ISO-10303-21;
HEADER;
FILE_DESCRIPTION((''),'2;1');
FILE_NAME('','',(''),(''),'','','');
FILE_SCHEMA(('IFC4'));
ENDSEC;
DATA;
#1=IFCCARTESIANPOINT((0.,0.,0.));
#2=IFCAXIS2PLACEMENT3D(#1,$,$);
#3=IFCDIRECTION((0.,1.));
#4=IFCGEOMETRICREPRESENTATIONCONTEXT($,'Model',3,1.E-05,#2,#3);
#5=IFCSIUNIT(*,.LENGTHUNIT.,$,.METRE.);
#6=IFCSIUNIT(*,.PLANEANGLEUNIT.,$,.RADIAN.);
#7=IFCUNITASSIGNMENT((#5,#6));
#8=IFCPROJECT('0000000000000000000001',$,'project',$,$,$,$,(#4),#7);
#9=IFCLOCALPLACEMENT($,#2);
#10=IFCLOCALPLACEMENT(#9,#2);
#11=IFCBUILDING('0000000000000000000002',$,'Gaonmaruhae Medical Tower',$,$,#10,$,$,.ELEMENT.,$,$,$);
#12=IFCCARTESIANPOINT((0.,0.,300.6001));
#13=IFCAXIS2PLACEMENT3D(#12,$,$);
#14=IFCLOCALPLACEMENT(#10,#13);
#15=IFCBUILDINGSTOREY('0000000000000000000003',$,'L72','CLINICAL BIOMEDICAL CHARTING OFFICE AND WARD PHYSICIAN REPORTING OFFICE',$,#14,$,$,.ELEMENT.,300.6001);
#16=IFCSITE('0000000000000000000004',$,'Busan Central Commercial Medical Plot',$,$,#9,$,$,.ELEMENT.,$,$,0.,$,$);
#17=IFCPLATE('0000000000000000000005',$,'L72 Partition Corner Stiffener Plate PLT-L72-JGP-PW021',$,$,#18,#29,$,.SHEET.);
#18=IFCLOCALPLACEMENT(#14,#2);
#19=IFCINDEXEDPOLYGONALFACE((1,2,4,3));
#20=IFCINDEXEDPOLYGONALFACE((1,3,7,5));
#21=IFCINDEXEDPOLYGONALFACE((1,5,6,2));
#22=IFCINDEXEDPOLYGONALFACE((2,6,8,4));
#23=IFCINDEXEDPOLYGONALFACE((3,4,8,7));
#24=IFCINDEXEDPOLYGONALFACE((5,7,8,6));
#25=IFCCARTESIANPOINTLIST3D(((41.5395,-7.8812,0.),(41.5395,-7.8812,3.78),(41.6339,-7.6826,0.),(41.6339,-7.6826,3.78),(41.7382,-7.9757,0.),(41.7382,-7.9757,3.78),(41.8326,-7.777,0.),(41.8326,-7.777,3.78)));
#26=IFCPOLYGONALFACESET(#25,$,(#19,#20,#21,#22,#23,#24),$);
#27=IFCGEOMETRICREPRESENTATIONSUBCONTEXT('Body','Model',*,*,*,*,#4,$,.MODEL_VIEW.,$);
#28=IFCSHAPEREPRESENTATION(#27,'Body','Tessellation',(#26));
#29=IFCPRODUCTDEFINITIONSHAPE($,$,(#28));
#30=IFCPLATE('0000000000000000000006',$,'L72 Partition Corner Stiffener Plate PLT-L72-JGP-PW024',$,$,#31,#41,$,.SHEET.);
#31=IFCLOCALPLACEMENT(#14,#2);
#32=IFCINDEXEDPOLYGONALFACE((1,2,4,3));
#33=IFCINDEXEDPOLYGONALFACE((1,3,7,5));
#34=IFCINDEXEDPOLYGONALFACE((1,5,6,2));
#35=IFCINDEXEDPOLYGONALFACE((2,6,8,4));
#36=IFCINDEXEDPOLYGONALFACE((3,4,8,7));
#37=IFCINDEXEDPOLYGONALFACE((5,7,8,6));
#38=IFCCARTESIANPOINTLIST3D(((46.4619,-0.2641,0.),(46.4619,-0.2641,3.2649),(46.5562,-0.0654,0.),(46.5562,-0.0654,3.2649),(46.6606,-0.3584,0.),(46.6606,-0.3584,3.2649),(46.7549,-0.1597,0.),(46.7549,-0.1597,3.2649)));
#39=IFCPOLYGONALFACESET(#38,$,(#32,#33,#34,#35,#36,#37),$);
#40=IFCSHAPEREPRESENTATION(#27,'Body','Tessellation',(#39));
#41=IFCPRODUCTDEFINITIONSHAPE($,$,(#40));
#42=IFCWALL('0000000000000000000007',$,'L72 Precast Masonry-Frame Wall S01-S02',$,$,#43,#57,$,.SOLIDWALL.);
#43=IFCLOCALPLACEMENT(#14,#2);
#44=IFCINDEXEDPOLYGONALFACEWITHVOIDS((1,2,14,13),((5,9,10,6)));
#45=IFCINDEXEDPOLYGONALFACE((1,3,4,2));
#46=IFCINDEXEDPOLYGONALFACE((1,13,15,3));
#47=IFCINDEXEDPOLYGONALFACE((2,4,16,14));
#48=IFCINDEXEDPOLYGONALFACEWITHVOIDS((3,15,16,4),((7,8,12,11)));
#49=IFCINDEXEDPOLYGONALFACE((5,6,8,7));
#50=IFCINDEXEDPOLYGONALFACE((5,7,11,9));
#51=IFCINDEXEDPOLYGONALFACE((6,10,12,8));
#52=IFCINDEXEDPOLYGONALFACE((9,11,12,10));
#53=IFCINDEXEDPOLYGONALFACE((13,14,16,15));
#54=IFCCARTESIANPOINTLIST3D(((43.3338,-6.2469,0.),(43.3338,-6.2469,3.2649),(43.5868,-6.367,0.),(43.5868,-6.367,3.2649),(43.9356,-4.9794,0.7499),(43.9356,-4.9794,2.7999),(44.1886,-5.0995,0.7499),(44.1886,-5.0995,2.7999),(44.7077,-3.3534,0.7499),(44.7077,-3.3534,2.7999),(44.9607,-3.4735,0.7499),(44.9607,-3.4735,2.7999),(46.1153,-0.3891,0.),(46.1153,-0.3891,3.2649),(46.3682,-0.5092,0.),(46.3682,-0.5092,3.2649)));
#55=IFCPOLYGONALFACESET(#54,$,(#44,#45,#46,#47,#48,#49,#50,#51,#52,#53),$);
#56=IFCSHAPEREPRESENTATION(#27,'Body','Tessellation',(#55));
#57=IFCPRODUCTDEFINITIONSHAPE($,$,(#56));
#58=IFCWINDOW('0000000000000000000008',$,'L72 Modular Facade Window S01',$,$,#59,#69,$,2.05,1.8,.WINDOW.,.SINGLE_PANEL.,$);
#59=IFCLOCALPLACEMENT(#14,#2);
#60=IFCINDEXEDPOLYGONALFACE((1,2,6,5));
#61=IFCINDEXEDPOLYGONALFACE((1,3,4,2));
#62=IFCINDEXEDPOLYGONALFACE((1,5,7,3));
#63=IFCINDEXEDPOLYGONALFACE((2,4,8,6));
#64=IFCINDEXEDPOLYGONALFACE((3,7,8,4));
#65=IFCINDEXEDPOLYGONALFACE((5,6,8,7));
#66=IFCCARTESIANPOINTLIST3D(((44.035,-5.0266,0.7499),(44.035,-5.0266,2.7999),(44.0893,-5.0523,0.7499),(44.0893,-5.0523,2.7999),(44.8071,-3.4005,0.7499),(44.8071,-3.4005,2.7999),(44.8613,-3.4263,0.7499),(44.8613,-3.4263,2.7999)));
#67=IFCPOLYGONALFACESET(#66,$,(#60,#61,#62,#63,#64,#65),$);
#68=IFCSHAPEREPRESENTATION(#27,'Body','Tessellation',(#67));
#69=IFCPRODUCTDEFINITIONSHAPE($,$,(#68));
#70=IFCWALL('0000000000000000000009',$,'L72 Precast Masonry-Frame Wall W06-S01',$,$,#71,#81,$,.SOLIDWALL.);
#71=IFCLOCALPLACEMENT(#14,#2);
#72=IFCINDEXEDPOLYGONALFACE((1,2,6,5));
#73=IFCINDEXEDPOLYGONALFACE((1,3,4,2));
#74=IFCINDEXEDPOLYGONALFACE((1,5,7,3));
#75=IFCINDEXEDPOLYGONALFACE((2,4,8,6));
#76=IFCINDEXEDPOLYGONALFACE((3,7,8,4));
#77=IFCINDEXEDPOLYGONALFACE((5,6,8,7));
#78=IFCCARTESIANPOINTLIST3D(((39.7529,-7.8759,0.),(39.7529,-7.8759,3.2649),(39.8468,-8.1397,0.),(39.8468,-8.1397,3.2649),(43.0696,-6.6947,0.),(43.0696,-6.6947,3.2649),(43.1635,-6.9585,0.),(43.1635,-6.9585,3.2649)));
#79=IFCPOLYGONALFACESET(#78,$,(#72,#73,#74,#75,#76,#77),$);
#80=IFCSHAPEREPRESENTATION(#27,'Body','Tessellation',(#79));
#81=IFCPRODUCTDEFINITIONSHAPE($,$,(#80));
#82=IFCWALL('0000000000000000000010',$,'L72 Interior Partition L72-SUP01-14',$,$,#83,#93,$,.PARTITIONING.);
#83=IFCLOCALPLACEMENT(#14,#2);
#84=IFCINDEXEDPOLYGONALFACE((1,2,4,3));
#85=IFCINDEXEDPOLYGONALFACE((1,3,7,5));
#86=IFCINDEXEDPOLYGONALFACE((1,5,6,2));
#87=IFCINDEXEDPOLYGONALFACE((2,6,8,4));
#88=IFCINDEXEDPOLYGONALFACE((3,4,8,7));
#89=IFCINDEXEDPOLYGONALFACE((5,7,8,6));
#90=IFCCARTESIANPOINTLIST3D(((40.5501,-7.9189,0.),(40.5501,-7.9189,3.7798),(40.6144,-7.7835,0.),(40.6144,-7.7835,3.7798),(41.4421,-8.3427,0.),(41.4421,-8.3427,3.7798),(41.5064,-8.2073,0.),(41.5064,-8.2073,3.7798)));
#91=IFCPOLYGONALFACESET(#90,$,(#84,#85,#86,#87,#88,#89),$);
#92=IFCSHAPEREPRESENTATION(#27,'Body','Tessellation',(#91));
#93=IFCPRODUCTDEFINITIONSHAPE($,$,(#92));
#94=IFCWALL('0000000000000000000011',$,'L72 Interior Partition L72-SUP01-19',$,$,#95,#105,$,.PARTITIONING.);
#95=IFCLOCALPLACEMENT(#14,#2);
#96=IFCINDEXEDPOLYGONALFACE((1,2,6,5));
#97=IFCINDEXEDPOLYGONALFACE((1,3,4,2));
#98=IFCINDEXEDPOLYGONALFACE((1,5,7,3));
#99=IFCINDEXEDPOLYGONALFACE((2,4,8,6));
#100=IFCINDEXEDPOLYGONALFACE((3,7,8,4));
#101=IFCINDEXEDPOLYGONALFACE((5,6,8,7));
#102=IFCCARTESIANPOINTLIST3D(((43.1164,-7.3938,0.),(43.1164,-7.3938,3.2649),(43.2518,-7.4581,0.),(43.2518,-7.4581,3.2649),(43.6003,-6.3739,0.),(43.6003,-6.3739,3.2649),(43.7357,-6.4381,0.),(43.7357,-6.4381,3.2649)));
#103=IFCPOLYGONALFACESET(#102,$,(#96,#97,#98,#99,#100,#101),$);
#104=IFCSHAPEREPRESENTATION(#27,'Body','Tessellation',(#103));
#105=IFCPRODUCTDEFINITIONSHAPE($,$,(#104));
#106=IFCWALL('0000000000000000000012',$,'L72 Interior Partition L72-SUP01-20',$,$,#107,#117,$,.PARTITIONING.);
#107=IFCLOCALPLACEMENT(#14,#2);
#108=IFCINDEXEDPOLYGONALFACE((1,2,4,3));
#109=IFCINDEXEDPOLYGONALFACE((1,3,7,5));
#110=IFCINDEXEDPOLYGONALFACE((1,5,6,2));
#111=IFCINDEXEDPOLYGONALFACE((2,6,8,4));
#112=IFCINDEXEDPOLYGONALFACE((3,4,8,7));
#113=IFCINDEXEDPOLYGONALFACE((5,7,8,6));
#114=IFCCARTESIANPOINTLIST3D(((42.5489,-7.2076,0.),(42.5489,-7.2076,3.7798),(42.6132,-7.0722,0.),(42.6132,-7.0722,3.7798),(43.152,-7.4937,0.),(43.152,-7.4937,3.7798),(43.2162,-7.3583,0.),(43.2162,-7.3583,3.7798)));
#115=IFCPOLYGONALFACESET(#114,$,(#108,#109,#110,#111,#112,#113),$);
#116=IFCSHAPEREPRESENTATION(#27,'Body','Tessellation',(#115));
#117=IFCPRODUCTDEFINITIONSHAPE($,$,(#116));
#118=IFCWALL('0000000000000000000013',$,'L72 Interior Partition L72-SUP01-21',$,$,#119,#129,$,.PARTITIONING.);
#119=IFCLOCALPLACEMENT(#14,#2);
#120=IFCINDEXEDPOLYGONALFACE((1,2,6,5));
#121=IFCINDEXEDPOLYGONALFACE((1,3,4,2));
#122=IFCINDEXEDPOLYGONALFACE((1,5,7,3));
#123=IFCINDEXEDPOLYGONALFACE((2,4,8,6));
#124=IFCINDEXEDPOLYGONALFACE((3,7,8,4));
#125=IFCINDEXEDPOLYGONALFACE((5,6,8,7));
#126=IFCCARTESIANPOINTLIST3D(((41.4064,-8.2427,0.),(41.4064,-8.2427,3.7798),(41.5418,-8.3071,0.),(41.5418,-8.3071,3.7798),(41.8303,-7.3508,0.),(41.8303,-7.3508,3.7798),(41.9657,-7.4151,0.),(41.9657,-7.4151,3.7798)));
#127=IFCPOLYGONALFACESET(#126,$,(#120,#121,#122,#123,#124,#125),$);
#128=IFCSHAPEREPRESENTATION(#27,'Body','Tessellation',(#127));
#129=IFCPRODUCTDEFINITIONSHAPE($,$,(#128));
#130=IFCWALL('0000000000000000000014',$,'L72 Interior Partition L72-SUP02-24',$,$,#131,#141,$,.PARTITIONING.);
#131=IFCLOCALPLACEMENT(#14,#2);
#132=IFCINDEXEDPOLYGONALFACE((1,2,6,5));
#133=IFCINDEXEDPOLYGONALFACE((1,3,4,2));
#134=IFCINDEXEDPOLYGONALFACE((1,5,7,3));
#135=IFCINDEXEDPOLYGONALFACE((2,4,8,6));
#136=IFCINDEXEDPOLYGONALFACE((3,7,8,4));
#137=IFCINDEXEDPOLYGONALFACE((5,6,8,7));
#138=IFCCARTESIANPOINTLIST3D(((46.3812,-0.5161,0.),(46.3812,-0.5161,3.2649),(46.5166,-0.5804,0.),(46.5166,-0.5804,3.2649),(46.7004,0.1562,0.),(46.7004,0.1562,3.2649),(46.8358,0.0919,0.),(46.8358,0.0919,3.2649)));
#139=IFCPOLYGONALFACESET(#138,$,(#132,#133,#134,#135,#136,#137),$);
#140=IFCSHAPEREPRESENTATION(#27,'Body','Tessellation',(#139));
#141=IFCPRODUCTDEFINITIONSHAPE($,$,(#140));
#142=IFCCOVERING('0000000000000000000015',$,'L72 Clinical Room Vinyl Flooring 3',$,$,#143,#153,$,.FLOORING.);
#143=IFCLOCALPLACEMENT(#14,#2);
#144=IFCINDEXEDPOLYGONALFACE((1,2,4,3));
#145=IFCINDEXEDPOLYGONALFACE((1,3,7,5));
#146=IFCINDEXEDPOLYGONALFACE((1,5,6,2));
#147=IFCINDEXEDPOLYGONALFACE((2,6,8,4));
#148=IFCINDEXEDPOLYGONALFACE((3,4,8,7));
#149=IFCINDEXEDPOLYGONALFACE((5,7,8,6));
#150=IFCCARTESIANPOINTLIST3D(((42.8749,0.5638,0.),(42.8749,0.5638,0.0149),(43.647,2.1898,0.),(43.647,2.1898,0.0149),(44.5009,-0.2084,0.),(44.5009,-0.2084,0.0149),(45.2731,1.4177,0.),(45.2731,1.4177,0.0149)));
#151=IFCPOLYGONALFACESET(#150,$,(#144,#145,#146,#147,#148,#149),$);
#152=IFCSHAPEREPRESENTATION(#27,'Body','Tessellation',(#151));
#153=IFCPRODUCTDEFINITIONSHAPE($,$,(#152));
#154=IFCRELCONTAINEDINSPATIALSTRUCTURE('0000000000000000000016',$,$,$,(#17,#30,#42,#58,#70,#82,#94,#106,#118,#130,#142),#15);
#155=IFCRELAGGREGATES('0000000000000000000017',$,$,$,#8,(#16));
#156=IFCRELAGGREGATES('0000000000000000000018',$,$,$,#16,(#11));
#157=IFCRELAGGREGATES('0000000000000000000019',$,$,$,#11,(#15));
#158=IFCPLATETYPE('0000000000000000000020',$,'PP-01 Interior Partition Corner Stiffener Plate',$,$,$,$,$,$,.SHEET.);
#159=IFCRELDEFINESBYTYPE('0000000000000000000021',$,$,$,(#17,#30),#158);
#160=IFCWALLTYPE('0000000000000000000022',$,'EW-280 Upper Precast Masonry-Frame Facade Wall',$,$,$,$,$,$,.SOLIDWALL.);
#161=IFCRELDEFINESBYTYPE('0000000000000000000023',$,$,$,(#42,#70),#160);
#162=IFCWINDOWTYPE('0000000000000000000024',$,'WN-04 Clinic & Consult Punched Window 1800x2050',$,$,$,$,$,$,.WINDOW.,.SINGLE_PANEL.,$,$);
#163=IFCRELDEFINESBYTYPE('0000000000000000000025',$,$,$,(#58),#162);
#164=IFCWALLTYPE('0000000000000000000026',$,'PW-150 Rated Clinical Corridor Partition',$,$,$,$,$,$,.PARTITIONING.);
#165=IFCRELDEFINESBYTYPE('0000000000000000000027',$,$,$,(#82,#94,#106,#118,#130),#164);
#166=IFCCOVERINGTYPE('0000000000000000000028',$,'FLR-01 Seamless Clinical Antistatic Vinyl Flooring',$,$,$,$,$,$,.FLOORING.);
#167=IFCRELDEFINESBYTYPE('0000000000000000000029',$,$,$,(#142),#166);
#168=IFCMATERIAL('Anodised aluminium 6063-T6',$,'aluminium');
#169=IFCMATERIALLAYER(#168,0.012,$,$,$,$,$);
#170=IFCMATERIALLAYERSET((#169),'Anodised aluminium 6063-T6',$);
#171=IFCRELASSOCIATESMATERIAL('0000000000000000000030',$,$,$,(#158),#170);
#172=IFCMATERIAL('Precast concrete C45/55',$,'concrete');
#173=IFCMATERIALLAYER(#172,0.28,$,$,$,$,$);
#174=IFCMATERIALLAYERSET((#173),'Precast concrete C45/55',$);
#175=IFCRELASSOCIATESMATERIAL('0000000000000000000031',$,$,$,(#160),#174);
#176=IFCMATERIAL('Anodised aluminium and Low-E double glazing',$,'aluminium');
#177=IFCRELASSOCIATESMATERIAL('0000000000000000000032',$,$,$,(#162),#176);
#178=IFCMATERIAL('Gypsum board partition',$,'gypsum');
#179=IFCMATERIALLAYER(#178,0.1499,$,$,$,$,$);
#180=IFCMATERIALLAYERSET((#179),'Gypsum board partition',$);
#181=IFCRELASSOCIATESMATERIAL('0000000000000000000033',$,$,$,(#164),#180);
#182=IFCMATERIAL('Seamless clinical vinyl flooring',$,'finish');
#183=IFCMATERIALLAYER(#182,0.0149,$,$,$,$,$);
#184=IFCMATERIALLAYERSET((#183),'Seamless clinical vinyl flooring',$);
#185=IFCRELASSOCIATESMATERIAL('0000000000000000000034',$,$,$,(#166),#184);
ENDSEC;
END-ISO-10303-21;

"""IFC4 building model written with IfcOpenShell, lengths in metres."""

from ifc_helpers import new_model, si_unit, direction, frame, frame_2d, origin, origin_2d, place, context, subcontext, project, spatial, rectangle, extrude, material, layer, layer_set, type_object, element, fill, save


model = new_model("IFC4")

# Units and contexts
model_context = context("Model", 3, precision=1e-05, world=origin(), true_north=direction((0.0, 1.0)))
body_context = subcontext(model_context, "Body", "Model", "MODEL_VIEW")
ifc_project = project(units=[si_unit("LENGTHUNIT", "METRE"), si_unit("PLANEANGLEUNIT", "RADIAN")], contexts=[model_context])

# Site, building, storey
site_placement = place(None, origin())
site = spatial("IfcSite", under=ifc_project, at=site_placement, Name="Busan Central Commercial Medical Plot", CompositionType="ELEMENT", RefElevation=0.0)
building_placement = place(site_placement, origin())
building = spatial("IfcBuilding", under=site, at=building_placement, Name="Gaonmaruhae Medical Tower", CompositionType="ELEMENT")
storey_placement = place(building_placement, frame((0.0, 0.0, 300.6001)))
storey = spatial("IfcBuildingStorey", under=building, at=storey_placement, Name="L72", Description="CLINICAL BIOMEDICAL CHARTING OFFICE AND WARD PHYSICIAN REPORTING OFFICE", CompositionType="ELEMENT", Elevation=300.6001)

# Plates
ifc_material_1 = material(Name="Anodised aluminium 6063-T6", Category="aluminium")
ifc_layer_1 = layer(ifc_material_1, 0.012)
ifc_layer_set_1 = layer_set([ifc_layer_1], Name="Anodised aluminium 6063-T6")
plate_type = type_object("IfcPlateType", Name="PP-01 Interior Partition Corner Stiffener Plate", PredefinedType="SHEET", material=ifc_layer_set_1)
for number, where, z_axis, x_axis, name in (
    (1, (41.686, -7.8291, 0.0), (0.0, 0.0, 1.0), (-0.429298, -0.903163, 0.0), "L72 Partition Corner Stiffener Plate PLT-L72-JGP-PW021"),
):
    element("IfcPlate", number, at=place(storey_placement, frame(where, z_axis=z_axis, x_axis=x_axis)), inside=storey, type_object=plate_type, Name=name, PredefinedType="SHEET", context=body_context, shape_type="SweptSolid", body=[
        extrude(rectangle(XDim=0.22, YDim=0.22, at=origin_2d()), origin(), (0.0, 0.0, 1.0), 3.78),
    ])
plate_placement = place(storey_placement, frame((46.6084, -0.2119, 0.0), z_axis=(0.0, 0.0, 1.0), x_axis=(-0.428841, -0.90338, 0.0)))
element("IfcPlate", 2, at=plate_placement, inside=storey, type_object=plate_type, Name="L72 Partition Corner Stiffener Plate PLT-L72-JGP-PW024", PredefinedType="SHEET", context=body_context, shape_type="SweptSolid", body=[
    extrude(rectangle(XDim=0.22, YDim=0.22, at=origin_2d()), origin(), (0.0, 0.0, 1.0), 3.2649),
])

# Wall, opening, window
ifc_material_2 = material(Name="Precast concrete C45/55", Category="concrete")
ifc_layer_2 = layer(ifc_material_2, 0.28)
ifc_layer_set_2 = layer_set([ifc_layer_2], Name="Precast concrete C45/55")
wall_type_1 = type_object("IfcWallType", Name="EW-280 Upper Precast Masonry-Frame Facade Wall", PredefinedType="SOLIDWALL", material=ifc_layer_set_2)
wall_1_placement = place(storey_placement, frame((46.2417, -0.4492, 0.0), z_axis=(0.0, 0.0, 1.0), x_axis=(-0.428929, -0.903338, 0.0)))
wall_1 = element("IfcWall", 3, at=wall_1_placement, inside=storey, type_object=wall_type_1, Name="L72 Precast Masonry-Frame Wall S01-S02", PredefinedType="SOLIDWALL", context=body_context, shape_type="SweptSolid", body=[
    extrude(rectangle(XDim=6.4846, YDim=0.28, at=frame_2d((3.2422, 0.0))), origin(), (0.0, 0.0, 1.0), 3.2649),
])
opening_placement = place(wall_1_placement, frame((3.2815, 0.0, 0.75)))
opening = element("IfcOpeningElement", 4, at=opening_placement, cuts=wall_1, PredefinedType="OPENING", context=body_context, shape_type="SweptSolid", body=[
    extrude(rectangle(XDim=1.8, YDim=2.05, at=frame_2d((0.8999, 1.0249))), frame((0.0, 0.1499, 0.0), z_axis=(0.0, -1.0, 0.0), x_axis=(1.0, 0.0, 0.0)), (0.0, 0.0, 1.0), 0.3),
])
ifc_material_3 = material(Name="Anodised aluminium and Low-E double glazing", Category="aluminium")
window_type = type_object("IfcWindowType", Name="WN-04 Clinic & Consult Punched Window 1800x2050", PartitioningType="SINGLE_PANEL", PredefinedType="WINDOW", material=ifc_material_3)
window_placement = place(opening_placement, origin())
window = element("IfcWindow", 5, at=window_placement, inside=storey, type_object=window_type, Name="L72 Modular Facade Window S01", OverallHeight=2.05, OverallWidth=1.8, PartitioningType="SINGLE_PANEL", PredefinedType="WINDOW", context=body_context, shape_type="SweptSolid", body=[
    extrude(rectangle(XDim=1.8, YDim=2.05, at=frame_2d((0.8999, 1.0249))), frame((0.0, 0.03, 0.0), z_axis=(0.0, -1.0, 0.0), x_axis=(1.0, 0.0, 0.0)), (0.0, 0.0, 1.0), 0.0601),
])
fill(opening, window)

# Walls
wall_2_placement = place(storey_placement, frame((43.1165, -6.8267, 0.0), z_axis=(0.0, 0.0, 1.0), x_axis=(-0.942044, -0.335488, 0.0)))
element("IfcWall", 6, at=wall_2_placement, inside=storey, type_object=wall_type_1, Name="L72 Precast Masonry-Frame Wall W06-S01", PredefinedType="SOLIDWALL", context=body_context, shape_type="SweptSolid", body=[
    extrude(rectangle(XDim=3.5208, YDim=0.28, at=frame_2d((1.7603, 0.0))), origin(), (0.0, 0.0, 1.0), 3.2649),
])
ifc_material_4 = material(Name="Gypsum board partition", Category="gypsum")
ifc_layer_3 = layer(ifc_material_4, 0.1499)
ifc_layer_set_3 = layer_set([ifc_layer_3], Name="Gypsum board partition")
wall_type_2 = type_object("IfcWallType", Name="PW-150 Rated Clinical Corridor Partition", PredefinedType="PARTITIONING", material=ifc_layer_set_3)
wall_3_placement = place(storey_placement, frame((41.4741, -8.2749, 0.0), z_axis=(0.0, 0.0, 1.0), x_axis=(-0.903244, 0.429127, 0.0)))
element("IfcWall", 7, at=wall_3_placement, inside=storey, type_object=wall_type_2, Name="L72 Interior Partition L72-SUP01-14", PredefinedType="PARTITIONING", context=body_context, shape_type="SweptSolid", body=[
    extrude(rectangle(XDim=0.9875, YDim=0.1499, at=frame_2d((0.4937, 0.0))), origin(), (0.0, 0.0, 1.0), 3.7798),
])
wall_4_placement = place(storey_placement, frame((43.668, -6.406, 0.0), z_axis=(0.0, 0.0, 1.0), x_axis=(-0.428607, -0.903491, 0.0)))
element("IfcWall", 8, at=wall_4_placement, inside=storey, type_object=wall_type_2, Name="L72 Interior Partition L72-SUP01-19", PredefinedType="PARTITIONING", context=body_context, shape_type="SweptSolid", body=[
    extrude(rectangle(XDim=1.1289, YDim=0.1499, at=frame_2d((0.5645, 0.0))), origin(), (0.0, 0.0, 1.0), 3.2649),
])
wall_5_placement = place(storey_placement, frame((43.1841, -7.426, 0.0), z_axis=(0.0, 0.0, 1.0), x_axis=(-0.903455, 0.428684, 0.0)))
element("IfcWall", 9, at=wall_5_placement, inside=storey, type_object=wall_type_2, Name="L72 Interior Partition L72-SUP01-20", PredefinedType="PARTITIONING", context=body_context, shape_type="SweptSolid", body=[
    extrude(rectangle(XDim=0.6675, YDim=0.1499, at=frame_2d((0.3337, 0.0))), origin(), (0.0, 0.0, 1.0), 3.7798),
])
wall_6_placement = place(storey_placement, frame((41.8979, -7.3831, 0.0), z_axis=(0.0, 0.0, 1.0), x_axis=(-0.429223, -0.903198, 0.0)))
element("IfcWall", 10, at=wall_6_placement, inside=storey, type_object=wall_type_2, Name="L72 Interior Partition L72-SUP01-21", PredefinedType="PARTITIONING", context=body_context, shape_type="SweptSolid", body=[
    extrude(rectangle(XDim=0.9875, YDim=0.1499, at=frame_2d((0.4937, 0.0))), origin(), (0.0, 0.0, 1.0), 3.7798),
])
wall_7_placement = place(storey_placement, frame((46.7681, 0.124, 0.0), z_axis=(0.0, 0.0, 1.0), x_axis=(-0.428876, -0.903363, 0.0)))
element("IfcWall", 11, at=wall_7_placement, inside=storey, type_object=wall_type_2, Name="L72 Interior Partition L72-SUP02-24", PredefinedType="PARTITIONING", context=body_context, shape_type="SweptSolid", body=[
    extrude(rectangle(XDim=0.7441, YDim=0.1499, at=frame_2d((0.3721, 0.0))), origin(), (0.0, 0.0, 1.0), 3.2649),
])

# Covering
ifc_material_5 = material(Name="Seamless clinical vinyl flooring", Category="finish")
ifc_layer_4 = layer(ifc_material_5, 0.0149)
ifc_layer_set_4 = layer_set([ifc_layer_4], Name="Seamless clinical vinyl flooring")
covering_type = type_object("IfcCoveringType", Name="FLR-01 Seamless Clinical Antistatic Vinyl Flooring", PredefinedType="FLOORING", material=ifc_layer_set_4)
covering_placement = place(storey_placement, frame((44.074, 0.9907, 0.0), z_axis=(0.0, 0.0, 1.0), x_axis=(0.428935, 0.903335, 0.0)))
element("IfcCovering", 12, at=covering_placement, inside=storey, type_object=covering_type, Name="L72 Clinical Room Vinyl Flooring 3", PredefinedType="FLOORING", context=body_context, shape_type="SweptSolid", body=[
    extrude(rectangle(XDim=1.8, YDim=1.8, at=origin_2d()), origin(), (0.0, 0.0, 1.0), 0.0149),
])

save(model, "model.ifc")
